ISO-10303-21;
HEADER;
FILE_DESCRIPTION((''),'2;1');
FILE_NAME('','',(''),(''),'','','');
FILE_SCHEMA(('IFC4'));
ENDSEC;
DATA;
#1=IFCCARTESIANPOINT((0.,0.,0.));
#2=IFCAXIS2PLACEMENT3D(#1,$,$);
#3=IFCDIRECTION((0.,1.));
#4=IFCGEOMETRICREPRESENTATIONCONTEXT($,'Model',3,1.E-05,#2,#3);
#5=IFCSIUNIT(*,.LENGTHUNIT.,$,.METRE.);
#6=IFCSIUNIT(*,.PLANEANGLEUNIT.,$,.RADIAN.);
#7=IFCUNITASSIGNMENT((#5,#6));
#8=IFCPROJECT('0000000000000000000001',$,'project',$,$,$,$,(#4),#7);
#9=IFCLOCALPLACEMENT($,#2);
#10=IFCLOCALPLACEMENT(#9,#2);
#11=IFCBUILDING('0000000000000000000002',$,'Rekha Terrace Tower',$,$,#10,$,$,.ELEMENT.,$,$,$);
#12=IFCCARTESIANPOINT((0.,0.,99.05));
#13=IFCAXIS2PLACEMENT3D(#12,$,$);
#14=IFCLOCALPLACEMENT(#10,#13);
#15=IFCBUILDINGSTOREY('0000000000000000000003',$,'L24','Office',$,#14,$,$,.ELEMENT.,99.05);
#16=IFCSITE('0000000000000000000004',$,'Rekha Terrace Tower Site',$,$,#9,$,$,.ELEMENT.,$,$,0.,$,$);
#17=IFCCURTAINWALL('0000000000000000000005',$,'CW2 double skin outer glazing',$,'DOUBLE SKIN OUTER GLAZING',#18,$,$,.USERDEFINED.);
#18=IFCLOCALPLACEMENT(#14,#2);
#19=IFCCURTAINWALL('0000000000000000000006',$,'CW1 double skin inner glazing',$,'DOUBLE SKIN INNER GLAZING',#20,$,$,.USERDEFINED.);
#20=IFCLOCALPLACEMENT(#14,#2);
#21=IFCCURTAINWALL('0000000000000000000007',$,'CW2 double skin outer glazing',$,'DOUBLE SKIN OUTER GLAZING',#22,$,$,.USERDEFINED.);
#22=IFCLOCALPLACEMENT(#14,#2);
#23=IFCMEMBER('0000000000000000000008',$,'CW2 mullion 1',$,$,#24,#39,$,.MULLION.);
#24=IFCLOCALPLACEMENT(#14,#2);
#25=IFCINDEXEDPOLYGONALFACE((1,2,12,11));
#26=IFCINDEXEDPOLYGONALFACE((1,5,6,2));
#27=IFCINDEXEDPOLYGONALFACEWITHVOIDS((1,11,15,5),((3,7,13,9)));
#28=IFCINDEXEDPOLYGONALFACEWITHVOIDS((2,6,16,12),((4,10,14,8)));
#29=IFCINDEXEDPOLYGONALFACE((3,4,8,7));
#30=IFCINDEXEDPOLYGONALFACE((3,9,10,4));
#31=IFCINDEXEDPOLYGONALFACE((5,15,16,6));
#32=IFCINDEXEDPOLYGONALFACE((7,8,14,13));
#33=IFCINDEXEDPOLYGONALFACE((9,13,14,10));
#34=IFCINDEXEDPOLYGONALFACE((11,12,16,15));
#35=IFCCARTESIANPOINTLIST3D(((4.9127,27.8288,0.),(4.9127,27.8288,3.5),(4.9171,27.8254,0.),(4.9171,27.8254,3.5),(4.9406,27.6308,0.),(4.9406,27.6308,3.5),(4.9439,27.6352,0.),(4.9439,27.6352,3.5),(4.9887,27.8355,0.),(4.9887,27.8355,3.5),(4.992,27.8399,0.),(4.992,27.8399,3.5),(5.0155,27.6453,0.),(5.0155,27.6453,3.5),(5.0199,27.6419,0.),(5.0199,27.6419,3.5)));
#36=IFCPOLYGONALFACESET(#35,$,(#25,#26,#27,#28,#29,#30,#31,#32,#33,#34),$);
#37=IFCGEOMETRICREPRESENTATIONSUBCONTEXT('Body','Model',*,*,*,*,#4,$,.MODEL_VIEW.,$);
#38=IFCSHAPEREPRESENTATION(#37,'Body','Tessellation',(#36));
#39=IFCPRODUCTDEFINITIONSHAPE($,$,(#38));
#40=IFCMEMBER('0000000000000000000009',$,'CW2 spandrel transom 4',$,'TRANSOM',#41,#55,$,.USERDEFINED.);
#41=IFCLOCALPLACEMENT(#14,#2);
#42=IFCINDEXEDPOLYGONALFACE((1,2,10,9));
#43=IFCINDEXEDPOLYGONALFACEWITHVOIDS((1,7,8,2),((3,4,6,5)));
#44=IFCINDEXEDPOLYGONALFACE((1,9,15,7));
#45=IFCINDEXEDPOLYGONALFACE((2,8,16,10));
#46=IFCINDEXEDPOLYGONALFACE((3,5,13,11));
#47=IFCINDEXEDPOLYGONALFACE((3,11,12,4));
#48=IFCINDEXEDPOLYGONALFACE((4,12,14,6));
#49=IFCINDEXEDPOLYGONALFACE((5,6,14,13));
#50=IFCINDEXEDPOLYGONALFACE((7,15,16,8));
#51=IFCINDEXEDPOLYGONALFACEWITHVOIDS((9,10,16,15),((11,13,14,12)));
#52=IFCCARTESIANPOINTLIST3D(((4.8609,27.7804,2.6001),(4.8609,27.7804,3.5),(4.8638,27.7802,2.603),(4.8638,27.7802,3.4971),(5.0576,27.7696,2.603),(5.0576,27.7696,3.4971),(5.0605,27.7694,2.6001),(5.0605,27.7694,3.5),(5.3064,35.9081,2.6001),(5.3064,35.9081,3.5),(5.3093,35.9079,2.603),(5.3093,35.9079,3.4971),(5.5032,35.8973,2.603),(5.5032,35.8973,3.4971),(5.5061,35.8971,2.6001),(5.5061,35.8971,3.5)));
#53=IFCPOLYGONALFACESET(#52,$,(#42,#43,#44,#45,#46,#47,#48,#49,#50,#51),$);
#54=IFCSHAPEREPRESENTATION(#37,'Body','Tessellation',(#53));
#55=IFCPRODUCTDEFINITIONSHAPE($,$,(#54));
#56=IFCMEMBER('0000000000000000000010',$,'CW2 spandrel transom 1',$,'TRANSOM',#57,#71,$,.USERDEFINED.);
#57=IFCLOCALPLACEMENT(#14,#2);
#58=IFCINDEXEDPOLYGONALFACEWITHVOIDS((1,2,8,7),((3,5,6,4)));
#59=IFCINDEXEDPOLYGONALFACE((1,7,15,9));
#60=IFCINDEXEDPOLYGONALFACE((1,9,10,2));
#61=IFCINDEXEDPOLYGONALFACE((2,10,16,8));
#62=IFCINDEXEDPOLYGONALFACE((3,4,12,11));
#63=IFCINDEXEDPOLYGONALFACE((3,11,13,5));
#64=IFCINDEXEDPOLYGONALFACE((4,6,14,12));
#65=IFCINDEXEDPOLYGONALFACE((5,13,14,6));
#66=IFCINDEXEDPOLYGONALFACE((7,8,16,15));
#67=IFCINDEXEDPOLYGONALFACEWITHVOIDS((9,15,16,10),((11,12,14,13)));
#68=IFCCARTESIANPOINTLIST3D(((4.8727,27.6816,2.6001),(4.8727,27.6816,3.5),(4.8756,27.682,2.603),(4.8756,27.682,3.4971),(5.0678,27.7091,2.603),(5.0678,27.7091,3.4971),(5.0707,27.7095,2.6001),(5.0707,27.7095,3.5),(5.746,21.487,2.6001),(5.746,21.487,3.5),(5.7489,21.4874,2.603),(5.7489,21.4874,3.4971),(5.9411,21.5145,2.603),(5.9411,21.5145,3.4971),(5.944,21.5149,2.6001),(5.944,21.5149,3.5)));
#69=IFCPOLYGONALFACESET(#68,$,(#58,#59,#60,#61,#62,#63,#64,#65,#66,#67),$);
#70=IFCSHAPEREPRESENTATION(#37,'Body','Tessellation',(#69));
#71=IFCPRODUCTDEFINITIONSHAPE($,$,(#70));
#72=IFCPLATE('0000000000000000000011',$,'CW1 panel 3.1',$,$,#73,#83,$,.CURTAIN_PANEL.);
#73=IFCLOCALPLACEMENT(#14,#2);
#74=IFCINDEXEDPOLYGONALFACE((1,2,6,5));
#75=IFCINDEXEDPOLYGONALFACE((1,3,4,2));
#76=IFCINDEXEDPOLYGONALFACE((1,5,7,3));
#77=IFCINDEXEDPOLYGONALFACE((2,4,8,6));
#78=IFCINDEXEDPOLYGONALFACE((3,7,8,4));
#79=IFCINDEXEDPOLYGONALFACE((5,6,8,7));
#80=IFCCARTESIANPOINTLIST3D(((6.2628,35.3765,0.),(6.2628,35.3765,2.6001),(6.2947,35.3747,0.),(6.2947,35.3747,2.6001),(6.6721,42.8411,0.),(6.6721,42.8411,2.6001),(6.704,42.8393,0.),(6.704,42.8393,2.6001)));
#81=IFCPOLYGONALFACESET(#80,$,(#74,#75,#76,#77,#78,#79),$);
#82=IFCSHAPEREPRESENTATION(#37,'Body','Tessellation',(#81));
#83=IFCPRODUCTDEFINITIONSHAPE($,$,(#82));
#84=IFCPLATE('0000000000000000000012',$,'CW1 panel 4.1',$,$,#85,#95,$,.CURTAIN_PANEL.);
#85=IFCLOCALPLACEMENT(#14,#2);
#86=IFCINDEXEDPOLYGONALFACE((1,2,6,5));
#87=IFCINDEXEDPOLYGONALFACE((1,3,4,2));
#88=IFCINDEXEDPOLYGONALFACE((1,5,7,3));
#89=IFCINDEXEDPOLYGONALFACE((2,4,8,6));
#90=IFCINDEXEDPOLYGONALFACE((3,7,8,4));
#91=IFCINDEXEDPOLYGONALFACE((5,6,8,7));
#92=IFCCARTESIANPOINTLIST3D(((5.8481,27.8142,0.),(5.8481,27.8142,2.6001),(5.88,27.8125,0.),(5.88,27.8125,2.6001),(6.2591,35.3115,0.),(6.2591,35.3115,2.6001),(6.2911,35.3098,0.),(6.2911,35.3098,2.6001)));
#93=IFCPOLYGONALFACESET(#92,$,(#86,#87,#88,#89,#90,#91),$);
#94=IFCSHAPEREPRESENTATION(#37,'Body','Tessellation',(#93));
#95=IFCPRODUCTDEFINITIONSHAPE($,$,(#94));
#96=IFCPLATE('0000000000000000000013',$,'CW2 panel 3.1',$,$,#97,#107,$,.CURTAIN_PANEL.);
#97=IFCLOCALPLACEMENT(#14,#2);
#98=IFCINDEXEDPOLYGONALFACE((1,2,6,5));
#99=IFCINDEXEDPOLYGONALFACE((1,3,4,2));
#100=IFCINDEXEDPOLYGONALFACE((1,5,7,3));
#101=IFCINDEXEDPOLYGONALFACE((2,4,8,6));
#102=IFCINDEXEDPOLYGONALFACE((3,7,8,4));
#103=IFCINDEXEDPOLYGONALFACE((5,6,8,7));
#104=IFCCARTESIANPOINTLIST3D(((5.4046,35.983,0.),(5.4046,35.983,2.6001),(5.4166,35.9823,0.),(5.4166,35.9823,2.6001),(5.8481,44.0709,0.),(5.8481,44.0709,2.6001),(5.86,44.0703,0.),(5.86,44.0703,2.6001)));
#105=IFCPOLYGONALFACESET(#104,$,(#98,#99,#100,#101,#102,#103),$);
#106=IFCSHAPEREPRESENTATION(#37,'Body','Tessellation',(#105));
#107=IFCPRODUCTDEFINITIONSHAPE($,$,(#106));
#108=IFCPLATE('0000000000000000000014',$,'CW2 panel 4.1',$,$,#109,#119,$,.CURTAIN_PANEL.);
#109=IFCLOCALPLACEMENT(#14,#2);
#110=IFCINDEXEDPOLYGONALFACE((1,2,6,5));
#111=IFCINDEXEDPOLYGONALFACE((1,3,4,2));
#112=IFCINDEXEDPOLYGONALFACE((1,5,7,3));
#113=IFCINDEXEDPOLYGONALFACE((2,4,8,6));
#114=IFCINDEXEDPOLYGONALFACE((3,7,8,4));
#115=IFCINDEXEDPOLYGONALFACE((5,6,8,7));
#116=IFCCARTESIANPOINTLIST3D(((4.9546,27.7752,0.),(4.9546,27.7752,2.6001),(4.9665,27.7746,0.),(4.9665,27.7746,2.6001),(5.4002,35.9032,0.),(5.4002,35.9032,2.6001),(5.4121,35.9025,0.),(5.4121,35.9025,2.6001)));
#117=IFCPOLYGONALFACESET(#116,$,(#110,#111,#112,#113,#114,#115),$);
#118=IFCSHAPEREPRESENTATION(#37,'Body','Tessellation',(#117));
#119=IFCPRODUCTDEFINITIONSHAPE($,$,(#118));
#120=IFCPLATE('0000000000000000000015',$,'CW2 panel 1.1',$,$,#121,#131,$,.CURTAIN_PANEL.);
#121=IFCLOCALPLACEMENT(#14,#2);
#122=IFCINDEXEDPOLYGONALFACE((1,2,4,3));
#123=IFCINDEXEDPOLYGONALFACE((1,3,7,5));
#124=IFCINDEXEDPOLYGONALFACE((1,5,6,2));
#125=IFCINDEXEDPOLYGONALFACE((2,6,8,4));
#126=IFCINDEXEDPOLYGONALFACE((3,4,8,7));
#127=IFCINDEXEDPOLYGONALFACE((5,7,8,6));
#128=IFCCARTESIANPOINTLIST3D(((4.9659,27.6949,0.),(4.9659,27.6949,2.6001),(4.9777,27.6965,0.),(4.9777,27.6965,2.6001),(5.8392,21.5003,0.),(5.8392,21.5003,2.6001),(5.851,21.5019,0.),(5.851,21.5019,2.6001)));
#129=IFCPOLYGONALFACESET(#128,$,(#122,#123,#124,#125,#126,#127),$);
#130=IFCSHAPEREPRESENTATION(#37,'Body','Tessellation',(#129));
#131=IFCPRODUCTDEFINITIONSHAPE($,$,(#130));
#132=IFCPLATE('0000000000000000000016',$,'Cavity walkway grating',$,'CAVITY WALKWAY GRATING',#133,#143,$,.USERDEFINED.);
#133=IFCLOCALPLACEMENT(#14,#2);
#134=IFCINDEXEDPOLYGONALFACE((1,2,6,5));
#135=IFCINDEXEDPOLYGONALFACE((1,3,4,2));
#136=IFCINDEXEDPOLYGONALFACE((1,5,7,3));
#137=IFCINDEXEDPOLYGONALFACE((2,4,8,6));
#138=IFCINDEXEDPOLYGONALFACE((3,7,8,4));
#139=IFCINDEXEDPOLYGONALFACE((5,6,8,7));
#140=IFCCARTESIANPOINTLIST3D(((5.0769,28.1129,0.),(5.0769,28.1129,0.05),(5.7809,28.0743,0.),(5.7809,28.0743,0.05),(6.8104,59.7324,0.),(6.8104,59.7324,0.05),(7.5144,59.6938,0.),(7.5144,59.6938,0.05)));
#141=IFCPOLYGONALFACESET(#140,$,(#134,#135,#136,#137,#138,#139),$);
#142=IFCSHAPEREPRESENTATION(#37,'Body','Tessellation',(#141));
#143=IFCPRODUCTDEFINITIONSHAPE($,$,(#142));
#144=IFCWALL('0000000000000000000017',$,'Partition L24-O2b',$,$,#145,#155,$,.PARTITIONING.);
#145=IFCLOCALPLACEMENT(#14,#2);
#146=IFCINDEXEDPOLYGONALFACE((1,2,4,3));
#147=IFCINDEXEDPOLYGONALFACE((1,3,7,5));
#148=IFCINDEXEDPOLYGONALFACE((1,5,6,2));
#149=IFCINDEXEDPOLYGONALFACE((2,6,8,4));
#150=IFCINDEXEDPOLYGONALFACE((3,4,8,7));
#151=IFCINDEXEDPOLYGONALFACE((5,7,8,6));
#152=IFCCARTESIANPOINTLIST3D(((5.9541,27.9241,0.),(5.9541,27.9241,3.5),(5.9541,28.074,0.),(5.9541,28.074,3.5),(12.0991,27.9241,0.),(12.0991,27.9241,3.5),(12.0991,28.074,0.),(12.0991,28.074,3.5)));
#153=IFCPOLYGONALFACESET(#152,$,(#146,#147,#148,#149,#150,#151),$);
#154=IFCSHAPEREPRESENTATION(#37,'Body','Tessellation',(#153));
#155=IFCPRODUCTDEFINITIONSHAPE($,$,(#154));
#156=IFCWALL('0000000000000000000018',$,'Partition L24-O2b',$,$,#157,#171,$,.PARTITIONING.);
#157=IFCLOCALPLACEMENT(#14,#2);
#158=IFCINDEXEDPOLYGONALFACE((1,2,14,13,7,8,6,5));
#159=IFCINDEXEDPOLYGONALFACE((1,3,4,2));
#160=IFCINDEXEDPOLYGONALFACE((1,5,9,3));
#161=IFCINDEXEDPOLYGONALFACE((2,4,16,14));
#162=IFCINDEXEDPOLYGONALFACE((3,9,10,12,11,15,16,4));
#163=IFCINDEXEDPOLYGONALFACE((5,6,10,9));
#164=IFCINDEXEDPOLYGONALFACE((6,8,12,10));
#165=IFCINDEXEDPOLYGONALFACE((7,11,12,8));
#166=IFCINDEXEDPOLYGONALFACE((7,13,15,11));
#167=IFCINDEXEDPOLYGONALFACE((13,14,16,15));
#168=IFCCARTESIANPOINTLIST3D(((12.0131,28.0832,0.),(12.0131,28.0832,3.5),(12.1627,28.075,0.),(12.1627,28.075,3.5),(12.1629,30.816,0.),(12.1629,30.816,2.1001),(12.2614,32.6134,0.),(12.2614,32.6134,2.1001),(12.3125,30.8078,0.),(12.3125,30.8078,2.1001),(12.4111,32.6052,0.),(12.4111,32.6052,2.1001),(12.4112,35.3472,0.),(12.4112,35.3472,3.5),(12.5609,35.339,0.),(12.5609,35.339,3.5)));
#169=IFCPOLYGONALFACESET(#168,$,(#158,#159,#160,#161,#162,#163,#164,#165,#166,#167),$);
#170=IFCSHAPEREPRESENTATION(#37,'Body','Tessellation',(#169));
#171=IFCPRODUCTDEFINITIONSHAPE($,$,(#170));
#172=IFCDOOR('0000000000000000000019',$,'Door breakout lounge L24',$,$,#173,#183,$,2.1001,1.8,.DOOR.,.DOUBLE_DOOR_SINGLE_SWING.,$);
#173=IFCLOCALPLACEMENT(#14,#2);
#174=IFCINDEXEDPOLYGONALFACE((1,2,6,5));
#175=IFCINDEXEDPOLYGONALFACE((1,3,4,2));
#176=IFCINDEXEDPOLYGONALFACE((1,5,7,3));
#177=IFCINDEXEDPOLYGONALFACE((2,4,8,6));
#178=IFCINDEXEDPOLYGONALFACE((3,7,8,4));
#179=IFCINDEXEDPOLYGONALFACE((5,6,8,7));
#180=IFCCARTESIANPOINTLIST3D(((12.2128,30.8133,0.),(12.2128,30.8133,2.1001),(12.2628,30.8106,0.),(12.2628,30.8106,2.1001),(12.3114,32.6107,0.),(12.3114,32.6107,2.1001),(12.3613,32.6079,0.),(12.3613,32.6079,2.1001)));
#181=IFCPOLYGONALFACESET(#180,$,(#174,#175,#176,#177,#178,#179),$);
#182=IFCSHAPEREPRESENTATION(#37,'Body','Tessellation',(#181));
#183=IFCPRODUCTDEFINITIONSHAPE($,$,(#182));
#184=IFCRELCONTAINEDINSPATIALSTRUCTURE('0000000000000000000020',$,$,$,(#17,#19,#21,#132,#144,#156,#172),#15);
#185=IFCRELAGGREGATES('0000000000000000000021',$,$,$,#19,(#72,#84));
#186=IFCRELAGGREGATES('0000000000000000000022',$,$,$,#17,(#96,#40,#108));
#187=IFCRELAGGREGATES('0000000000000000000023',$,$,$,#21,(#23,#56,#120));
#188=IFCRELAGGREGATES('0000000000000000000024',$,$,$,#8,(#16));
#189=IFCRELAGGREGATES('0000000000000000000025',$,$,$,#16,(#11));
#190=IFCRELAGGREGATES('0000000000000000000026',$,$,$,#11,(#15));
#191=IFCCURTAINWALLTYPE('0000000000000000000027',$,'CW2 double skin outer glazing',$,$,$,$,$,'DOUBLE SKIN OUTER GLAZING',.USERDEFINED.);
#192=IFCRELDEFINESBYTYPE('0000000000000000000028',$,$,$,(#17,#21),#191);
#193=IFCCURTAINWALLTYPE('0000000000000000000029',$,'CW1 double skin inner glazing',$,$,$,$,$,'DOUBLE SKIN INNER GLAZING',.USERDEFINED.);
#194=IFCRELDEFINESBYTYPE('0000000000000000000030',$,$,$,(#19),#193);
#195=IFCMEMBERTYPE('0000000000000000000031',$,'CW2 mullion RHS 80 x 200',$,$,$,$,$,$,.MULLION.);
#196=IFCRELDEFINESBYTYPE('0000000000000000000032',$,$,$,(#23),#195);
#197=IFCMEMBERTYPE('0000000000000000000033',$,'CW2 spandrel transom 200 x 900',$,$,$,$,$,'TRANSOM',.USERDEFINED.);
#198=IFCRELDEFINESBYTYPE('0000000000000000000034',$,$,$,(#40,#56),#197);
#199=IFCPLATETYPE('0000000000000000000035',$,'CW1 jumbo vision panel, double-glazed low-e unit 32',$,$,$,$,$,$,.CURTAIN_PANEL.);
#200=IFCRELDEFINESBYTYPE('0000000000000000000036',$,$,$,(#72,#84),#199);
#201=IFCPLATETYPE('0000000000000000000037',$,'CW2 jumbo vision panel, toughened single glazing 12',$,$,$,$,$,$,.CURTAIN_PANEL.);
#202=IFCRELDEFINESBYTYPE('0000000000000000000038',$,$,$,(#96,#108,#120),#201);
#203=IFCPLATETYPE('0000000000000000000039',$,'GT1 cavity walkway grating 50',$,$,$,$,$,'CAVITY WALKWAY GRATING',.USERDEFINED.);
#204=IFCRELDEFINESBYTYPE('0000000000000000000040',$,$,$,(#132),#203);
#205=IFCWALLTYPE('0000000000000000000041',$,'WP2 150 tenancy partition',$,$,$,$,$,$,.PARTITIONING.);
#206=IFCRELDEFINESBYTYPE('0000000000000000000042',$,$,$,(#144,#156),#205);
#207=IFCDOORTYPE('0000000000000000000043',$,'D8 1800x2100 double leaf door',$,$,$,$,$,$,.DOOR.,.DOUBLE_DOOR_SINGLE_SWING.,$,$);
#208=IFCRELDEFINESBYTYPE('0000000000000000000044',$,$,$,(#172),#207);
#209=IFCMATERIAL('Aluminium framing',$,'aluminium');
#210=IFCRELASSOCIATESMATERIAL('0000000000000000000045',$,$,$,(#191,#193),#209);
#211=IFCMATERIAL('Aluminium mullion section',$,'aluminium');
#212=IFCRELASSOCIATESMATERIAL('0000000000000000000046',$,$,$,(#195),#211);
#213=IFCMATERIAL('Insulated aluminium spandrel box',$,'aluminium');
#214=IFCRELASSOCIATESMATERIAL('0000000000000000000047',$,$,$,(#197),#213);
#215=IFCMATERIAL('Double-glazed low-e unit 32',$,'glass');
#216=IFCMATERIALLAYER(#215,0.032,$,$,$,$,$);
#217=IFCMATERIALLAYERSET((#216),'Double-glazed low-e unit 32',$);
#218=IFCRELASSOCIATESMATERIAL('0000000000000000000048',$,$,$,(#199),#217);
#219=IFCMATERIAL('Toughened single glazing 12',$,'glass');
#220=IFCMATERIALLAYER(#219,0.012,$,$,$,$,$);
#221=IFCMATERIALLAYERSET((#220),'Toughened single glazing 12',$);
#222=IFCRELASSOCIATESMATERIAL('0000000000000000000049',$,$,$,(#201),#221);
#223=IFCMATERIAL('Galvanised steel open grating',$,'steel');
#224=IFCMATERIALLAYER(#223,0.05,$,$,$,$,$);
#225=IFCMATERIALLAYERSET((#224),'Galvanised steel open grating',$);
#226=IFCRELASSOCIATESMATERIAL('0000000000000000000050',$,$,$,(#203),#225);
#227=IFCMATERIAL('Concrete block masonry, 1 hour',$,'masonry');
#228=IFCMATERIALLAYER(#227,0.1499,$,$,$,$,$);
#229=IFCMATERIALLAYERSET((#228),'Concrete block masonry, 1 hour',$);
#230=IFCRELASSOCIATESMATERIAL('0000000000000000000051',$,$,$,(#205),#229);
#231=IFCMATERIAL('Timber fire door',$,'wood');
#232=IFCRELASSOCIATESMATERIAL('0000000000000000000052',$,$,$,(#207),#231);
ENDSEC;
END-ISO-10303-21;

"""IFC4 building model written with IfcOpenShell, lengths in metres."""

from ifc_helpers import new_model, si_unit, direction, frame, frame_2d, origin, origin_2d, place, context, subcontext, project, spatial, rectangle, hollow_rectangle, extrude, material, layer, layer_set, material_profile, profile_set, type_object, element, fill, aggregate, save


model = new_model("IFC4")

# Units and contexts
model_context = context("Model", 3, precision=1e-05, world=origin(), true_north=direction((0.0, 1.0)))
body_context = subcontext(model_context, "Body", "Model", "MODEL_VIEW")
ifc_project = project(units=[si_unit("LENGTHUNIT", "METRE"), si_unit("PLANEANGLEUNIT", "RADIAN")], contexts=[model_context])

# Site, building, storey
site_placement = place(None, origin())
site = spatial("IfcSite", under=ifc_project, at=site_placement, Name="Rekha Terrace Tower Site", CompositionType="ELEMENT", RefElevation=0.0)
building_placement = place(site_placement, origin())
building = spatial("IfcBuilding", under=site, at=building_placement, Name="Rekha Terrace Tower", CompositionType="ELEMENT")
storey_placement = place(building_placement, frame((0.0, 0.0, 99.05)))
storey = spatial("IfcBuildingStorey", under=building, at=storey_placement, Name="L24", Description="Office", CompositionType="ELEMENT", Elevation=99.05)

# Curtain wall
ifc_material_1 = material(Name="Aluminium framing", Category="aluminium")
curtain_wall_type_1 = type_object("IfcCurtainWallType", Name="CW2 double skin outer glazing", ElementType="DOUBLE SKIN OUTER GLAZING", PredefinedType="USERDEFINED", material=ifc_material_1)
curtain_wall_1_placement = place(storey_placement, origin())
curtain_wall_1 = element("IfcCurtainWall", 1, at=curtain_wall_1_placement, inside=storey, type_object=curtain_wall_type_1, Name="CW2 double skin outer glazing", ObjectType="DOUBLE SKIN OUTER GLAZING", PredefinedType="USERDEFINED")

# Curtain wall
curtain_wall_type_2 = type_object("IfcCurtainWallType", Name="CW1 double skin inner glazing", ElementType="DOUBLE SKIN INNER GLAZING", PredefinedType="USERDEFINED", material=ifc_material_1)
curtain_wall_2_placement = place(storey_placement, origin())
curtain_wall_2 = element("IfcCurtainWall", 2, at=curtain_wall_2_placement, inside=storey, type_object=curtain_wall_type_2, Name="CW1 double skin inner glazing", ObjectType="DOUBLE SKIN INNER GLAZING", PredefinedType="USERDEFINED")
ifc_material_2 = material(Name="Aluminium mullion section", Category="aluminium")

# Shared definitions
ifc_material_3 = material(Name="Insulated aluminium spandrel box", Category="aluminium")
ifc_material_profile_1 = material_profile(ifc_material_2, hollow_rectangle(XDim=0.0801, YDim=0.2, WallThickness=0.0039, at=origin_2d()), Name="AL RHS 80x200")
ifc_profile_set_1 = profile_set([ifc_material_profile_1], Name="Aluminium mullion section")
member_type_1 = type_object("IfcMemberType", Name="CW2 mullion RHS 80 x 200", PredefinedType="MULLION", material=ifc_profile_set_1)

# Curtain wall, member
curtain_wall_3_placement = place(storey_placement, origin())
curtain_wall_3 = element("IfcCurtainWall", 3, at=curtain_wall_3_placement, inside=storey, type_object=curtain_wall_type_1, Name="CW2 double skin outer glazing", ObjectType="DOUBLE SKIN OUTER GLAZING", PredefinedType="USERDEFINED")
member_1_placement = place(storey_placement, frame((4.9663, 27.7354, 0.0), z_axis=(0.0, 0.0, 1.0), x_axis=(0.990208, 0.139597, 0.0)))
member_1 = element("IfcMember", 4, at=member_1_placement, type_object=member_type_1, Name="CW2 mullion 1", PredefinedType="MULLION", context=body_context, shape_type="SweptSolid", body=[
    extrude(hollow_rectangle(XDim=0.0801, YDim=0.2, WallThickness=0.0039, at=origin_2d()), origin(), (0.0, 0.0, 1.0), 3.5),
])

# Members
ifc_material_profile_2 = material_profile(ifc_material_3, hollow_rectangle(XDim=0.2, YDim=0.8999, WallThickness=0.0029, at=origin_2d()), Name="AL SPANDREL BOX 200x900")
ifc_profile_set_2 = profile_set([ifc_material_profile_2], Name="Insulated aluminium spandrel box")
member_type_2 = type_object("IfcMemberType", Name="CW2 spandrel transom 200 x 900", ElementType="TRANSOM", PredefinedType="USERDEFINED", material=ifc_profile_set_2)
member_2_placement = place(storey_placement, frame((5.4062, 35.9026, 3.05), z_axis=(-0.054737, -0.998501, 0.0), x_axis=(0.998501, -0.054737, 0.0)))
member_2 = element("IfcMember", 5, at=member_2_placement, type_object=member_type_2, Name="CW2 spandrel transom 4", ObjectType="TRANSOM", PredefinedType="USERDEFINED", context=body_context, shape_type="SweptSolid", body=[
    extrude(hollow_rectangle(XDim=0.2, YDim=0.8999, WallThickness=0.0029, at=origin_2d()), origin(), (0.0, 0.0, 1.0), 8.1399),
])
member_3_placement = place(storey_placement, frame((4.9717, 27.6956, 3.05), z_axis=(0.139596, -0.990209, 0.0), x_axis=(0.990209, 0.139596, 0.0)))
member_3 = element("IfcMember", 6, at=member_3_placement, type_object=member_type_2, Name="CW2 spandrel transom 1", ObjectType="TRANSOM", PredefinedType="USERDEFINED", context=body_context, shape_type="SweptSolid", body=[
    extrude(hollow_rectangle(XDim=0.2, YDim=0.8999, WallThickness=0.0029, at=origin_2d()), origin(), (0.0, 0.0, 1.0), 6.2559),
])

# Plates
ifc_material_4 = material(Name="Double-glazed low-e unit 32", Category="glass")
ifc_layer_1 = layer(ifc_material_4, 0.032)
ifc_layer_set_1 = layer_set([ifc_layer_1], Name="Double-glazed low-e unit 32")
plate_type_1 = type_object("IfcPlateType", Name="CW1 jumbo vision panel, double-glazed low-e unit 32", PredefinedType="CURTAIN_PANEL", material=ifc_layer_set_1)
plate_1_placement = place(storey_placement, frame((6.4834, 39.1079, 0.0), z_axis=(0.0, 0.0, 1.0), x_axis=(-0.054742, -0.998501, 0.0)))
plate_1 = element("IfcPlate", 7, at=plate_1_placement, type_object=plate_type_1, Name="CW1 panel 3.1", PredefinedType="CURTAIN_PANEL", context=body_context, shape_type="SweptSolid", body=[
    extrude(rectangle(XDim=7.4758, YDim=0.032, at=origin_2d()), origin(), (0.0, 0.0, 1.0), 2.6001),
])
plate_2_placement = place(storey_placement, frame((6.0696, 31.562, 0.0), z_axis=(0.0, 0.0, 1.0), x_axis=(-0.054742, -0.998501, 0.0)))
plate_2 = element("IfcPlate", 8, at=plate_2_placement, type_object=plate_type_1, Name="CW1 panel 4.1", PredefinedType="CURTAIN_PANEL", context=body_context, shape_type="SweptSolid", body=[
    extrude(rectangle(XDim=7.5085, YDim=0.032, at=origin_2d()), origin(), (0.0, 0.0, 1.0), 2.6001),
])
aggregate(curtain_wall_2, [plate_1, plate_2])
ifc_material_5 = material(Name="Toughened single glazing 12", Category="glass")
ifc_layer_2 = layer(ifc_material_5, 0.012)
ifc_layer_set_2 = layer_set([ifc_layer_2], Name="Toughened single glazing 12")
plate_type_2 = type_object("IfcPlateType", Name="CW2 jumbo vision panel, toughened single glazing 12", PredefinedType="CURTAIN_PANEL", material=ifc_layer_set_2)
plate_3_placement = place(storey_placement, frame((5.6323, 40.0266, 0.0), z_axis=(0.0, 0.0, 1.0), x_axis=(-0.054742, -0.998501, 0.0)))
plate_3 = element("IfcPlate", 9, at=plate_3_placement, type_object=plate_type_2, Name="CW2 panel 3.1", PredefinedType="CURTAIN_PANEL", context=body_context, shape_type="SweptSolid", body=[
    extrude(rectangle(XDim=8.1001, YDim=0.012, at=origin_2d()), origin(), (0.0, 0.0, 1.0), 2.6001),
])
plate_4_placement = place(storey_placement, frame((5.1833, 31.8389, 0.0), z_axis=(0.0, 0.0, 1.0), x_axis=(-0.054742, -0.998501, 0.0)))
plate_4 = element("IfcPlate", 10, at=plate_4_placement, type_object=plate_type_2, Name="CW2 panel 4.1", PredefinedType="CURTAIN_PANEL", context=body_context, shape_type="SweptSolid", body=[
    extrude(rectangle(XDim=8.1401, YDim=0.012, at=origin_2d()), origin(), (0.0, 0.0, 1.0), 2.6001),
])
aggregate(curtain_wall_1, [plate_3, member_2, plate_4])
plate_5_placement = place(storey_placement, frame((5.4084, 24.5984, 0.0), z_axis=(0.0, 0.0, 1.0), x_axis=(0.139597, -0.990208, 0.0)))
plate_5 = element("IfcPlate", 11, at=plate_5_placement, type_object=plate_type_2, Name="CW2 panel 1.1", PredefinedType="CURTAIN_PANEL", context=body_context, shape_type="SweptSolid", body=[
    extrude(rectangle(XDim=6.2559, YDim=0.012, at=origin_2d()), origin(), (0.0, 0.0, 1.0), 2.6001),
])
aggregate(curtain_wall_3, [member_1, member_3, plate_5])
ifc_material_6 = material(Name="Galvanised steel open grating", Category="steel")
ifc_layer_3 = layer(ifc_material_6, 0.05)
ifc_layer_set_3 = layer_set([ifc_layer_3], Name="Galvanised steel open grating")
plate_type_3 = type_object("IfcPlateType", Name="GT1 cavity walkway grating 50", ElementType="CAVITY WALKWAY GRATING", PredefinedType="USERDEFINED", material=ifc_layer_set_3)
plate_6_placement = place(storey_placement, frame((6.2957, 43.9033, 0.0), z_axis=(0.0, 0.0, 1.0), x_axis=(-0.054742, -0.998501, 0.0)))
element("IfcPlate", 12, at=plate_6_placement, inside=storey, type_object=plate_type_3, Name="Cavity walkway grating", ObjectType="CAVITY WALKWAY GRATING", PredefinedType="USERDEFINED", context=body_context, shape_type="SweptSolid", body=[
    extrude(rectangle(XDim=31.667, YDim=0.7051, at=origin_2d()), origin(), (0.0, 0.0, 1.0), 0.05),
])

# Wall
ifc_material_7 = material(Name="Concrete block masonry, 1 hour", Category="masonry")
ifc_layer_4 = layer(ifc_material_7, 0.1499)
ifc_layer_set_4 = layer_set([ifc_layer_4], Name="Concrete block masonry, 1 hour")
wall_type_1 = type_object("IfcWallType", Name="WP2 150 tenancy partition", PredefinedType="PARTITIONING", material=ifc_layer_set_4)
wall_1_placement = place(storey_placement, frame((12.0991, 27.999, 0.0), z_axis=(0.0, 0.0, 1.0), x_axis=(-1.0, 0.0, 0.0)))
element("IfcWall", 13, at=wall_1_placement, inside=storey, type_object=wall_type_1, Name="Partition L24-O2b", PredefinedType="PARTITIONING", context=body_context, shape_type="SweptSolid", body=[
    extrude(rectangle(XDim=6.145, YDim=0.1499, at=frame_2d((3.0725, 0.0))), origin(), (0.0, 0.0, 1.0), 3.5),
])

# Wall, opening, door
wall_2_placement = place(storey_placement, frame((12.0879, 28.0791, 0.0), z_axis=(0.0, 0.0, 1.0), x_axis=(0.054736, 0.998501, 0.0)))
wall_2 = element("IfcWall", 14, at=wall_2_placement, inside=storey, type_object=wall_type_1, Name="Partition L24-O2b", PredefinedType="PARTITIONING", context=body_context, shape_type="SweptSolid", body=[
    extrude(rectangle(XDim=7.2749, YDim=0.1499, at=frame_2d((3.6375, 0.0))), origin(), (0.0, 0.0, 1.0), 3.5),
])
opening_1_placement = place(wall_2_placement, frame((2.7371, 0.0, 0.0)))
opening_1 = element("IfcOpeningElement", 15, at=opening_1_placement, cuts=wall_2, PredefinedType="OPENING", context=body_context, shape_type="SweptSolid", body=[
    extrude(rectangle(XDim=1.8, YDim=2.1001, at=frame_2d((0.8999, 1.05))), frame((0.0, 0.085, 0.0), z_axis=(0.0, -1.0, 0.0), x_axis=(1.0, 0.0, 0.0)), (0.0, 0.0, 1.0), 0.1699),
])
ifc_material_8 = material(Name="Timber fire door", Category="wood")
door_type = type_object("IfcDoorType", Name="D8 1800x2100 double leaf door", OperationType="DOUBLE_DOOR_SINGLE_SWING", PredefinedType="DOOR", material=ifc_material_8)
door_1_placement = place(opening_1_placement, origin())
door_1 = element("IfcDoor", 16, at=door_1_placement, inside=storey, type_object=door_type, Name="Door breakout lounge L24", OperationType="DOUBLE_DOOR_SINGLE_SWING", OverallHeight=2.1001, OverallWidth=1.8, PredefinedType="DOOR", context=body_context, shape_type="SweptSolid", body=[
    extrude(rectangle(XDim=1.8, YDim=2.1001, at=frame_2d((0.8999, 1.05))), frame((0.0, 0.0249, 0.0), z_axis=(0.0, -1.0, 0.0), x_axis=(1.0, 0.0, 0.0)), (0.0, 0.0, 1.0), 0.05),
])
fill(opening_1, door_1)

save(model, "model.ifc")
